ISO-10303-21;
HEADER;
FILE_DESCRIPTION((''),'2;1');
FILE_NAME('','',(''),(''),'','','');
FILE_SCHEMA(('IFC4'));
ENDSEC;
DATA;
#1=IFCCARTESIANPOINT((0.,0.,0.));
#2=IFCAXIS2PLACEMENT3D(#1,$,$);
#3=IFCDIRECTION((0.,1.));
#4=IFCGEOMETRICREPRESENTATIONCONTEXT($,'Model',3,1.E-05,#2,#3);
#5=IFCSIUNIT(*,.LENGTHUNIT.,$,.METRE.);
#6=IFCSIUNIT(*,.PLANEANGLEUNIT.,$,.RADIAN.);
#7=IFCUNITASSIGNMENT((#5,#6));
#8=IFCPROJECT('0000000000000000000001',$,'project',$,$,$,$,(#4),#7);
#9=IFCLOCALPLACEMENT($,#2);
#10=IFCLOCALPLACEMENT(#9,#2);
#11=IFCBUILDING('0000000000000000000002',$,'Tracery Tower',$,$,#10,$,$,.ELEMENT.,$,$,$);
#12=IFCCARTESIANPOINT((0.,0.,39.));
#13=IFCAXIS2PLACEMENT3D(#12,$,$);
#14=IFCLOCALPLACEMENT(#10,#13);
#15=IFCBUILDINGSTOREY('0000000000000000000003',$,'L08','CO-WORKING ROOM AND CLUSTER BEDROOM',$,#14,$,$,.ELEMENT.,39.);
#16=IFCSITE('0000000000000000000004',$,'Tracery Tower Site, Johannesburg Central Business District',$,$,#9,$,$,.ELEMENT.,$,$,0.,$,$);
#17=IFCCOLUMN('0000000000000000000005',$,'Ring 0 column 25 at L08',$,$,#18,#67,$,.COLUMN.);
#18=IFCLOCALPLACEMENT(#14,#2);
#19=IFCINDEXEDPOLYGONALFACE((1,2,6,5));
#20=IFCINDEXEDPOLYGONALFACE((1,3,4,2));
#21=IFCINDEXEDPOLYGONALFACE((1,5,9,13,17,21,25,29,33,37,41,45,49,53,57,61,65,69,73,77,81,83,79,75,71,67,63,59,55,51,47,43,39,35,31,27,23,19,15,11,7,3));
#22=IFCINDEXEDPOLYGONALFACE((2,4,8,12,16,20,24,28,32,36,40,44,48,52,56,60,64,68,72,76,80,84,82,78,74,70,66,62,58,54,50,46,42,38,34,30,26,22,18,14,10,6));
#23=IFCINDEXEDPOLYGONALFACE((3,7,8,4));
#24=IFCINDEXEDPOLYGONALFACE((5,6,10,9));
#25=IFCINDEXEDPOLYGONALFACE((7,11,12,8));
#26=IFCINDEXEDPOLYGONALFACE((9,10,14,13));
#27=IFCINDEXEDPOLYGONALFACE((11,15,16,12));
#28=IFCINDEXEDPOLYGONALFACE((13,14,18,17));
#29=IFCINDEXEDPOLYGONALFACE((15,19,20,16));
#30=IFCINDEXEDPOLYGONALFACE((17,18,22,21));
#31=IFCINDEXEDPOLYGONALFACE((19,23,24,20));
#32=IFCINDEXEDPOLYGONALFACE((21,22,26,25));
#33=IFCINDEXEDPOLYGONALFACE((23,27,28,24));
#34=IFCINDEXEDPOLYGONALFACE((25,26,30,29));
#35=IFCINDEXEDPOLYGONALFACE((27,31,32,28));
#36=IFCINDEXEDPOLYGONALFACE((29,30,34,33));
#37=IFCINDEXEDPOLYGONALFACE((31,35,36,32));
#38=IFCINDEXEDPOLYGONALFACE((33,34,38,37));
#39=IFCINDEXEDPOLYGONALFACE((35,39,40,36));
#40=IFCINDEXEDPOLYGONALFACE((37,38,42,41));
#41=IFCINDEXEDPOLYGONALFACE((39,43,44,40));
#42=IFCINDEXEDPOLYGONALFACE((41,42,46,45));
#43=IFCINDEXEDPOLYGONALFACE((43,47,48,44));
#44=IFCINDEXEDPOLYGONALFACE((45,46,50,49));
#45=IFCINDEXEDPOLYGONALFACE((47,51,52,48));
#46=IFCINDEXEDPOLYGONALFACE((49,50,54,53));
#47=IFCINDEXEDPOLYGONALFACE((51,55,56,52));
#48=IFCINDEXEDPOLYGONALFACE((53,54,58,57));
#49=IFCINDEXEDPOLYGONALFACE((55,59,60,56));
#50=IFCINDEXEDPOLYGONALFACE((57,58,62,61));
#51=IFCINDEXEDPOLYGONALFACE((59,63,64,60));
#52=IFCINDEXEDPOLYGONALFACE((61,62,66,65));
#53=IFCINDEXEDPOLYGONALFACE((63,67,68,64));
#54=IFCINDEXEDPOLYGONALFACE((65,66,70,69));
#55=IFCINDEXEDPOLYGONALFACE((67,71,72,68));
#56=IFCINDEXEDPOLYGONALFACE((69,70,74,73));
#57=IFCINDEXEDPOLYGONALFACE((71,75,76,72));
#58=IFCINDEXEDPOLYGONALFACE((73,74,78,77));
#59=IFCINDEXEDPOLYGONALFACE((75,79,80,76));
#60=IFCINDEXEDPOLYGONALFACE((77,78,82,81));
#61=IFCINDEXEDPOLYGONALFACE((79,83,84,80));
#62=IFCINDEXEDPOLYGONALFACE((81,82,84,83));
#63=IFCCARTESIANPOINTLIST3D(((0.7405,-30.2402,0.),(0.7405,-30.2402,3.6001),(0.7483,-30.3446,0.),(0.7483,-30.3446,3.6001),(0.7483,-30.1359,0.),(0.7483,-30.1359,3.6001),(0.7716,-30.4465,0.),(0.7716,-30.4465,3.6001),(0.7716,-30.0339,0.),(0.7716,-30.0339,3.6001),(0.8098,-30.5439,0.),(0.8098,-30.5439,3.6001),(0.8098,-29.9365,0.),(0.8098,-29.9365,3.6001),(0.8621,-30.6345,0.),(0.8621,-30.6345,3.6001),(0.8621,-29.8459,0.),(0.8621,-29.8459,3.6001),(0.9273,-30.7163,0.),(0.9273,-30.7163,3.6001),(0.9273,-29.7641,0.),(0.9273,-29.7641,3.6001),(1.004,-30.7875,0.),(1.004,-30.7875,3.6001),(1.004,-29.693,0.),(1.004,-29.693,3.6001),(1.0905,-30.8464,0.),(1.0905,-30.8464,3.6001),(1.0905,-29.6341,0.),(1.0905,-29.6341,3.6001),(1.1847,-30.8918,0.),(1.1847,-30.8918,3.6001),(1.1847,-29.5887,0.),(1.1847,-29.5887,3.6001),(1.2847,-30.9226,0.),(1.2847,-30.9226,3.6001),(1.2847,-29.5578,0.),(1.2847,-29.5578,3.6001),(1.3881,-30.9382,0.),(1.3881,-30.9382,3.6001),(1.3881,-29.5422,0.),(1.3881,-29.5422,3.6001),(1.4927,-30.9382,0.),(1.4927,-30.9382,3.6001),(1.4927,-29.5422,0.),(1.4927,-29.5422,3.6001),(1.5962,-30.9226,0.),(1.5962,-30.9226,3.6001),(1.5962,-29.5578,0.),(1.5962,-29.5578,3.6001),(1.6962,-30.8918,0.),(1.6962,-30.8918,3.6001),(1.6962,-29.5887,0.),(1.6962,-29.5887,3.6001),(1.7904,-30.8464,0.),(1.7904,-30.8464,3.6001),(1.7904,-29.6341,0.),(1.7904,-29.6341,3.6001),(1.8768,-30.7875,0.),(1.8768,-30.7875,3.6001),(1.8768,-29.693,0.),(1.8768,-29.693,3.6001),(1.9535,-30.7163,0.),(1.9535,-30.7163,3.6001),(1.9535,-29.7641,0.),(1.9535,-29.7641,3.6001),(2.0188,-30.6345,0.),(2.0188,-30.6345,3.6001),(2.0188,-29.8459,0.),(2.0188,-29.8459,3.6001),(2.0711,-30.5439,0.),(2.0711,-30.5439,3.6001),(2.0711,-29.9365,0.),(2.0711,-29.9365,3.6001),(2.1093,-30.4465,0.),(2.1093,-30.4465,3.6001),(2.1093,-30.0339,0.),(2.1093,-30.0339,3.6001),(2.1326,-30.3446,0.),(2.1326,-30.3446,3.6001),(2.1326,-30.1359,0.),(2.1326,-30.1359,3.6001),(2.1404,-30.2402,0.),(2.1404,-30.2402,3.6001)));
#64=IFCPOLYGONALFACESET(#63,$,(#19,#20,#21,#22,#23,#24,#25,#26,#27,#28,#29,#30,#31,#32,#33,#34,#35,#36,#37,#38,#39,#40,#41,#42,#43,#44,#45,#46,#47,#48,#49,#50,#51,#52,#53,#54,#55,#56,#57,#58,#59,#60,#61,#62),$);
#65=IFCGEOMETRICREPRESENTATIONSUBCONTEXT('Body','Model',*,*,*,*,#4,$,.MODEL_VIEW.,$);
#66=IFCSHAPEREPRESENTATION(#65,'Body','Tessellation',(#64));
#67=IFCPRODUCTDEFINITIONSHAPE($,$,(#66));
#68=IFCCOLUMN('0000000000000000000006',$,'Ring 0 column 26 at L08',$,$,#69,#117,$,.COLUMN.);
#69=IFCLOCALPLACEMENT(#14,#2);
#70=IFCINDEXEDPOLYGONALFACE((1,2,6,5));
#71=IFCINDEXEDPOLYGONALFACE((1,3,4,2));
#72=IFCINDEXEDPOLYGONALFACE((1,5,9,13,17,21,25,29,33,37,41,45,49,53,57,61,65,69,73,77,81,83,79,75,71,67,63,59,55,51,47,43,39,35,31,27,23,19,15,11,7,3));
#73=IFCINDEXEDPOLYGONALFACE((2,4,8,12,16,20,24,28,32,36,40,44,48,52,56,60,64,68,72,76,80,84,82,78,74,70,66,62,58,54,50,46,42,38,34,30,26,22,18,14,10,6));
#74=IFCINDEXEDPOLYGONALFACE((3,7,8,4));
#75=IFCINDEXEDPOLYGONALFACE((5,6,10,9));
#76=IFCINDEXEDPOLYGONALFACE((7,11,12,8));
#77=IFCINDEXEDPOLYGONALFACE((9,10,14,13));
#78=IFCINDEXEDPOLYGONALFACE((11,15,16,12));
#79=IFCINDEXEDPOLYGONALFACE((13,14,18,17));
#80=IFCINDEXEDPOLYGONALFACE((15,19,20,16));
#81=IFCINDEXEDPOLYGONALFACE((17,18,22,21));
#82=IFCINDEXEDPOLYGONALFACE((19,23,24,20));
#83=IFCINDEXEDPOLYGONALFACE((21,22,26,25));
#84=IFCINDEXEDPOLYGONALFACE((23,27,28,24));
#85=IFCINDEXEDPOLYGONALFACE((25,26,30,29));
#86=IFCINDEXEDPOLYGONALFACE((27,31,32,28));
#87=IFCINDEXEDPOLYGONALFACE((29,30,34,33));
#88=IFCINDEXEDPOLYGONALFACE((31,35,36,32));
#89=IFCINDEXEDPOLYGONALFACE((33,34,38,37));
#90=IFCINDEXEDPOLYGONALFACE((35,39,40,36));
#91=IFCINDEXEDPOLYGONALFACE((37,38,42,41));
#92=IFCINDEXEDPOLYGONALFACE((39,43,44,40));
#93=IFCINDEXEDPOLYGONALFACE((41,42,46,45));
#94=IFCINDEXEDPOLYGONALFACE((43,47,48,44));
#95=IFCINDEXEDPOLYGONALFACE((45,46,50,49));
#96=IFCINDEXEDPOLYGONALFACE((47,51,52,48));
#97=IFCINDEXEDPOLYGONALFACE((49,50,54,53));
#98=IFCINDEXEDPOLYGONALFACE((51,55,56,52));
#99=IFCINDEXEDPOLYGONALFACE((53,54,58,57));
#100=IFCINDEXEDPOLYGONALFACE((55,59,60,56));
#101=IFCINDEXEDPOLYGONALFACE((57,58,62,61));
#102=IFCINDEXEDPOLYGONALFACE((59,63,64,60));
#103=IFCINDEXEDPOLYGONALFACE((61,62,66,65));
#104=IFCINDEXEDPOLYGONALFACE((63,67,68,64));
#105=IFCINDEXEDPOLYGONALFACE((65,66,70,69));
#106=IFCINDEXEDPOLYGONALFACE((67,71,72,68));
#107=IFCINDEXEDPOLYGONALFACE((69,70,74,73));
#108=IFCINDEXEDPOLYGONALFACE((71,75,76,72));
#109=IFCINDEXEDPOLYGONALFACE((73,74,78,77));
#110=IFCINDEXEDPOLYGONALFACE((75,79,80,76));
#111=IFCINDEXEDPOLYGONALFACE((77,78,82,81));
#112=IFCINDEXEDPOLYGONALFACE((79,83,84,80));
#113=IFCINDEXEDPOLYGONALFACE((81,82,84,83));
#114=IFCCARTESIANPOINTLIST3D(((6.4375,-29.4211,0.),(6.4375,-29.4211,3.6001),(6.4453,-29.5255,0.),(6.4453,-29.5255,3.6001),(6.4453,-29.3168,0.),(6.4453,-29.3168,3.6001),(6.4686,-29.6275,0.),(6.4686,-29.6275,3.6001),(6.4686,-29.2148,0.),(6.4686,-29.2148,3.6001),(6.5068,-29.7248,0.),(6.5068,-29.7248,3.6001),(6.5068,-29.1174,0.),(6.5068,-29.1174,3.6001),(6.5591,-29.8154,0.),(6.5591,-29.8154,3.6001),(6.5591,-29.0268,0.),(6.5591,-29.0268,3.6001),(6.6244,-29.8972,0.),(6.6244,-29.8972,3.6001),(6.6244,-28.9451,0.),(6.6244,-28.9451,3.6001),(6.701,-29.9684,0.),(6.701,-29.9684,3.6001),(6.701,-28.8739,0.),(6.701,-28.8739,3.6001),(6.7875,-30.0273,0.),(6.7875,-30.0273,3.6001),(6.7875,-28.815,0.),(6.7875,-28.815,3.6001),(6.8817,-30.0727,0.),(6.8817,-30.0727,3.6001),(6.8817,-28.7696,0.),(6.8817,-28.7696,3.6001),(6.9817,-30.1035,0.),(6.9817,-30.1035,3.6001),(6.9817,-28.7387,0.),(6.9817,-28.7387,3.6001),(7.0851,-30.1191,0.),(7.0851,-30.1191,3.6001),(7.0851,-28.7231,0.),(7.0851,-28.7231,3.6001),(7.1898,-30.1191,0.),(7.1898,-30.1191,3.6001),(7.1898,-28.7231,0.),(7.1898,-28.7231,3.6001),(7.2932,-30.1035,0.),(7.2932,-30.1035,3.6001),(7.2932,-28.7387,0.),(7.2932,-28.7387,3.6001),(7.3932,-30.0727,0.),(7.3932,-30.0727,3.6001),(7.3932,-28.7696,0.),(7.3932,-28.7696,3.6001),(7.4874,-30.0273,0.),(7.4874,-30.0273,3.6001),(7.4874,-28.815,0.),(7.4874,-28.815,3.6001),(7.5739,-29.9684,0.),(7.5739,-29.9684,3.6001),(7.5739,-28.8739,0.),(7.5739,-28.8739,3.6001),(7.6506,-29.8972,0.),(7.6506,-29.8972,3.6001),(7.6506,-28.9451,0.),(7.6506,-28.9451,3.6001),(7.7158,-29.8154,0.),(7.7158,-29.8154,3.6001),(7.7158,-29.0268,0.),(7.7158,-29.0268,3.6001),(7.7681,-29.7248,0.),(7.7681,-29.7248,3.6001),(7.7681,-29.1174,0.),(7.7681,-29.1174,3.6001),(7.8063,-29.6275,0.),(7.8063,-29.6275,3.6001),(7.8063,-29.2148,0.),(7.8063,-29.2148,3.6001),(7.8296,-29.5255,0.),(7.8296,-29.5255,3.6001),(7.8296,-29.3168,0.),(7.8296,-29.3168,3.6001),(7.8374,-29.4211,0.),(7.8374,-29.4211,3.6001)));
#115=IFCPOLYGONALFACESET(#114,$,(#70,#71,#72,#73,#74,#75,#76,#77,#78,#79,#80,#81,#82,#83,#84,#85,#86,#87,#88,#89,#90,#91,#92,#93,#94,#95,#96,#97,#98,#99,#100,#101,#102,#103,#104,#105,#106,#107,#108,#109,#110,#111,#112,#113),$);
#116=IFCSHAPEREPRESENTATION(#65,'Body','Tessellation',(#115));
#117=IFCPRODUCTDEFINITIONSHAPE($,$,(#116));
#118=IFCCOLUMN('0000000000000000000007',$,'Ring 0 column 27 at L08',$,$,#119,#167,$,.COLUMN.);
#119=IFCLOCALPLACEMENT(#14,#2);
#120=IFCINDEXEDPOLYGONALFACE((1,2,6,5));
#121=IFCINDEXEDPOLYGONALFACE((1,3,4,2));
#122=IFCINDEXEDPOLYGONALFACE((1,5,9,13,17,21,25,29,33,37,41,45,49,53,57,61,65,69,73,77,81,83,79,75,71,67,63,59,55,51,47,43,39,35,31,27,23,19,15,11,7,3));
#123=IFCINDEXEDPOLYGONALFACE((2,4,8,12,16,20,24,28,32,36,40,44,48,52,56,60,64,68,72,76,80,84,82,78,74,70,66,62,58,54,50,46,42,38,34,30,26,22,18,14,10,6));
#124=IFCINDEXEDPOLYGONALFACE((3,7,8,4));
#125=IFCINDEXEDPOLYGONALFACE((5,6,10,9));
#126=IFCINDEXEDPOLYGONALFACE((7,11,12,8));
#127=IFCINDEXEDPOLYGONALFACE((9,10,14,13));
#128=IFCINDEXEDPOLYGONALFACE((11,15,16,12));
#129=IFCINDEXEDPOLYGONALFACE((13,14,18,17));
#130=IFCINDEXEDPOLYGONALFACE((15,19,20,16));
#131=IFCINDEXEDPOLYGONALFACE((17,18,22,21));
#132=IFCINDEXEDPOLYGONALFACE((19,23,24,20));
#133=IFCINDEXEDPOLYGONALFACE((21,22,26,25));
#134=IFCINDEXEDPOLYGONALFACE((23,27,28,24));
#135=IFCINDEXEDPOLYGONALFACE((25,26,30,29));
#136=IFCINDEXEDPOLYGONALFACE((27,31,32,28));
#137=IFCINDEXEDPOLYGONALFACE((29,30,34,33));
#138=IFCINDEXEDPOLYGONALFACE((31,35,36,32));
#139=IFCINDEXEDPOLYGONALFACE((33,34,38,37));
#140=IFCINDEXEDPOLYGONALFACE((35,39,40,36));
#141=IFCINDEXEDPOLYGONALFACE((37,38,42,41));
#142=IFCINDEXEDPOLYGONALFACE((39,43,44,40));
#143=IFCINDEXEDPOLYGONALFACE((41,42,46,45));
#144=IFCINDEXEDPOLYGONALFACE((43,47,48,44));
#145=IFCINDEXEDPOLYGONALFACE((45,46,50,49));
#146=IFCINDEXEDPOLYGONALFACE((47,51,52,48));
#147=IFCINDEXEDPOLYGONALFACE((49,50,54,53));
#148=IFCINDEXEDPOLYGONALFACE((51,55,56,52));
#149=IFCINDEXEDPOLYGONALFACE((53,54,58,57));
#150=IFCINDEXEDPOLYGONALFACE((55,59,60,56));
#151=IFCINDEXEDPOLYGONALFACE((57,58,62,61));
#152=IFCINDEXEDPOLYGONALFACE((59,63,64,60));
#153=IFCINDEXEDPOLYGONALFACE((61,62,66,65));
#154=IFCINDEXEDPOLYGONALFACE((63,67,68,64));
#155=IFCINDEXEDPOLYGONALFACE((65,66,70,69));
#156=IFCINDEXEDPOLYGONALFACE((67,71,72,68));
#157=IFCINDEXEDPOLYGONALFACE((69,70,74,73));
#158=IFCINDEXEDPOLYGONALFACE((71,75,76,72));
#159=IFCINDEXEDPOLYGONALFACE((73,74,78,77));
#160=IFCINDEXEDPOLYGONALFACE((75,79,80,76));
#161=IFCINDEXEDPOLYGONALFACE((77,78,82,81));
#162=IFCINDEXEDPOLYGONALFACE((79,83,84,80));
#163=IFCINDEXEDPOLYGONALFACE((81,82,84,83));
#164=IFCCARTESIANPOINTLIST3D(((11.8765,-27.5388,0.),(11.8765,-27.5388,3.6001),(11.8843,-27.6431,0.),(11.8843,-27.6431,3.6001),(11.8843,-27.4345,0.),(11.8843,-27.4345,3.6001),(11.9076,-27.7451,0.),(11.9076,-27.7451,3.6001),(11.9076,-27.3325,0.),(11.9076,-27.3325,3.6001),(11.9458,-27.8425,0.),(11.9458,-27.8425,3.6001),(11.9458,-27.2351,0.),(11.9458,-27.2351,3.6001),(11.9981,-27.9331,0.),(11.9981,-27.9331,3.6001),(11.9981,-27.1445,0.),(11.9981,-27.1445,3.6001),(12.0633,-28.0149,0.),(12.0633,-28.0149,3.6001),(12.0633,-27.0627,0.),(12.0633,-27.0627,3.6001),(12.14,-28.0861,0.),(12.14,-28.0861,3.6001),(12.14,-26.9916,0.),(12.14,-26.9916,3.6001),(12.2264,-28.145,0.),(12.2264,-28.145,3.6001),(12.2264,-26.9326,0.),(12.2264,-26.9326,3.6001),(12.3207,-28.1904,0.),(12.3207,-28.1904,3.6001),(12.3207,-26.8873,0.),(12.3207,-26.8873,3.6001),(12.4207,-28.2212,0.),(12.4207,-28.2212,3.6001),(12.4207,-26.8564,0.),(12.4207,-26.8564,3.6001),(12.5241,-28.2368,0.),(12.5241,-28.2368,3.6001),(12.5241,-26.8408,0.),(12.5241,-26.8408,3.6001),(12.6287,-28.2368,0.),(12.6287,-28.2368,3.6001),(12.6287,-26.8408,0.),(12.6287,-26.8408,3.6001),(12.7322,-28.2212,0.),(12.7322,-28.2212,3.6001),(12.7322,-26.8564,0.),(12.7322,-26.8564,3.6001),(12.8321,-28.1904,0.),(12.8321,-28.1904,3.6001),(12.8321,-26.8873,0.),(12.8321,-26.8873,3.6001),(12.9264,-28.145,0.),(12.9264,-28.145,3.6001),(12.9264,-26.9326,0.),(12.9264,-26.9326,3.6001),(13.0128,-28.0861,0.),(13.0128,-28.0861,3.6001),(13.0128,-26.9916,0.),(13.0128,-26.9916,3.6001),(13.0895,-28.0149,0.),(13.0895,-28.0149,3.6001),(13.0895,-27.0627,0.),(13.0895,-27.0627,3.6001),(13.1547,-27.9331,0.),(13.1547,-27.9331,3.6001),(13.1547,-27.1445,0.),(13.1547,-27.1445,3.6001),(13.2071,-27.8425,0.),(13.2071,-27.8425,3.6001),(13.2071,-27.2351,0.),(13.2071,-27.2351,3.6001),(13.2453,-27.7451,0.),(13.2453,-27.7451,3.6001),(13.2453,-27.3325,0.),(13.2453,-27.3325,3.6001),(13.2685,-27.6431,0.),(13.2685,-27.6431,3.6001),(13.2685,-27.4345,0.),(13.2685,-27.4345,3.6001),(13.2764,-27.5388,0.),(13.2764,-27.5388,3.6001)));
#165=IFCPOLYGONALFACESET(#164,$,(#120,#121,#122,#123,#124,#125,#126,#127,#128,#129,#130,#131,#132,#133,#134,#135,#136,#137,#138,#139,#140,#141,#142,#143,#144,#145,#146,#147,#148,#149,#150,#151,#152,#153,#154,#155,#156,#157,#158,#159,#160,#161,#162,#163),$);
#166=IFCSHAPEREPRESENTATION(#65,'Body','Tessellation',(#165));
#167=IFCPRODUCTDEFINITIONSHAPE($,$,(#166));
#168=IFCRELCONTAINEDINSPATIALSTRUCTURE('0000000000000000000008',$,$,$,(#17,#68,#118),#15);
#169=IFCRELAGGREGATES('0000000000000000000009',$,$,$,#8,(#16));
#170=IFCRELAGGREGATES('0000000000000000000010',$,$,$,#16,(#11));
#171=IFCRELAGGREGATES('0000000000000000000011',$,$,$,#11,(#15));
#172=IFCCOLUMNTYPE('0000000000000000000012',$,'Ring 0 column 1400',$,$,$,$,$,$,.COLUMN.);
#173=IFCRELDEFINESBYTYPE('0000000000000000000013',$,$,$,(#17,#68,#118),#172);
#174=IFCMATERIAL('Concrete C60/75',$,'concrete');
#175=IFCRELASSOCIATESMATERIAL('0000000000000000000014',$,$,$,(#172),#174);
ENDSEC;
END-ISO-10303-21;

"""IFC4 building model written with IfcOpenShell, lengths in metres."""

from ifc_helpers import new_model, si_unit, direction, frame, origin, origin_2d, place, context, subcontext, project, spatial, circle, extrude, material, material_profile, profile_set, type_object, element, save


model = new_model("IFC4")

# Units and contexts
model_context = context("Model", 3, precision=1e-05, world=origin(), true_north=direction((0.0, 1.0)))
body_context = subcontext(model_context, "Body", "Model", "MODEL_VIEW")
ifc_project = project(units=[si_unit("LENGTHUNIT", "METRE"), si_unit("PLANEANGLEUNIT", "RADIAN")], contexts=[model_context])

# Site, building, storey
site_placement = place(None, origin())
site = spatial("IfcSite", under=ifc_project, at=site_placement, Name="Tracery Tower Site, Johannesburg Central Business District", CompositionType="ELEMENT", RefElevation=0.0)
building_placement = place(site_placement, origin())
building = spatial("IfcBuilding", under=site, at=building_placement, Name="Tracery Tower", CompositionType="ELEMENT")
storey_placement = place(building_placement, frame((0.0, 0.0, 39.0)))
storey = spatial("IfcBuildingStorey", under=building, at=storey_placement, Name="L08", Description="CO-WORKING ROOM AND CLUSTER BEDROOM", CompositionType="ELEMENT", Elevation=39.0)

# Columns
ifc_material_1 = material(Name="Concrete C60/75", Category="concrete")
ifc_material_profile_1 = material_profile(ifc_material_1, circle(Radius=0.7, at=origin_2d()), Name="RC D1400")
ifc_profile_set_1 = profile_set([ifc_material_profile_1], Name="Concrete C60/75")
column_type_1 = type_object("IfcColumnType", Name="Ring 0 column 1400", PredefinedType="COLUMN", material=ifc_profile_set_1)
for number, where, z_axis, x_axis, name in (
    (1, (1.4404, -30.2402, 0.0), (0.0, 0.0, 1.0), (1.0, 0.0, 0.0), "Ring 0 column 25 at L08"),
    (2, (7.1375, -29.4211, 0.0), (0.0, 0.0, 1.0), (1.0, 0.0, 0.0), "Ring 0 column 26 at L08"),
    (3, (12.5764, -27.5388, 0.0), (0.0, 0.0, 1.0), (1.0, 0.0, 0.0), "Ring 0 column 27 at L08"),
):
    element("IfcColumn", number, at=place(storey_placement, frame(where, z_axis=z_axis, x_axis=x_axis)), inside=storey, type_object=column_type_1, Name=name, PredefinedType="COLUMN", context=body_context, shape_type="SweptSolid", body=[
        extrude(circle(Radius=0.7, at=origin_2d()), origin(), (0.0, 0.0, 1.0), 3.6001),
    ])

save(model, "model.ifc")
